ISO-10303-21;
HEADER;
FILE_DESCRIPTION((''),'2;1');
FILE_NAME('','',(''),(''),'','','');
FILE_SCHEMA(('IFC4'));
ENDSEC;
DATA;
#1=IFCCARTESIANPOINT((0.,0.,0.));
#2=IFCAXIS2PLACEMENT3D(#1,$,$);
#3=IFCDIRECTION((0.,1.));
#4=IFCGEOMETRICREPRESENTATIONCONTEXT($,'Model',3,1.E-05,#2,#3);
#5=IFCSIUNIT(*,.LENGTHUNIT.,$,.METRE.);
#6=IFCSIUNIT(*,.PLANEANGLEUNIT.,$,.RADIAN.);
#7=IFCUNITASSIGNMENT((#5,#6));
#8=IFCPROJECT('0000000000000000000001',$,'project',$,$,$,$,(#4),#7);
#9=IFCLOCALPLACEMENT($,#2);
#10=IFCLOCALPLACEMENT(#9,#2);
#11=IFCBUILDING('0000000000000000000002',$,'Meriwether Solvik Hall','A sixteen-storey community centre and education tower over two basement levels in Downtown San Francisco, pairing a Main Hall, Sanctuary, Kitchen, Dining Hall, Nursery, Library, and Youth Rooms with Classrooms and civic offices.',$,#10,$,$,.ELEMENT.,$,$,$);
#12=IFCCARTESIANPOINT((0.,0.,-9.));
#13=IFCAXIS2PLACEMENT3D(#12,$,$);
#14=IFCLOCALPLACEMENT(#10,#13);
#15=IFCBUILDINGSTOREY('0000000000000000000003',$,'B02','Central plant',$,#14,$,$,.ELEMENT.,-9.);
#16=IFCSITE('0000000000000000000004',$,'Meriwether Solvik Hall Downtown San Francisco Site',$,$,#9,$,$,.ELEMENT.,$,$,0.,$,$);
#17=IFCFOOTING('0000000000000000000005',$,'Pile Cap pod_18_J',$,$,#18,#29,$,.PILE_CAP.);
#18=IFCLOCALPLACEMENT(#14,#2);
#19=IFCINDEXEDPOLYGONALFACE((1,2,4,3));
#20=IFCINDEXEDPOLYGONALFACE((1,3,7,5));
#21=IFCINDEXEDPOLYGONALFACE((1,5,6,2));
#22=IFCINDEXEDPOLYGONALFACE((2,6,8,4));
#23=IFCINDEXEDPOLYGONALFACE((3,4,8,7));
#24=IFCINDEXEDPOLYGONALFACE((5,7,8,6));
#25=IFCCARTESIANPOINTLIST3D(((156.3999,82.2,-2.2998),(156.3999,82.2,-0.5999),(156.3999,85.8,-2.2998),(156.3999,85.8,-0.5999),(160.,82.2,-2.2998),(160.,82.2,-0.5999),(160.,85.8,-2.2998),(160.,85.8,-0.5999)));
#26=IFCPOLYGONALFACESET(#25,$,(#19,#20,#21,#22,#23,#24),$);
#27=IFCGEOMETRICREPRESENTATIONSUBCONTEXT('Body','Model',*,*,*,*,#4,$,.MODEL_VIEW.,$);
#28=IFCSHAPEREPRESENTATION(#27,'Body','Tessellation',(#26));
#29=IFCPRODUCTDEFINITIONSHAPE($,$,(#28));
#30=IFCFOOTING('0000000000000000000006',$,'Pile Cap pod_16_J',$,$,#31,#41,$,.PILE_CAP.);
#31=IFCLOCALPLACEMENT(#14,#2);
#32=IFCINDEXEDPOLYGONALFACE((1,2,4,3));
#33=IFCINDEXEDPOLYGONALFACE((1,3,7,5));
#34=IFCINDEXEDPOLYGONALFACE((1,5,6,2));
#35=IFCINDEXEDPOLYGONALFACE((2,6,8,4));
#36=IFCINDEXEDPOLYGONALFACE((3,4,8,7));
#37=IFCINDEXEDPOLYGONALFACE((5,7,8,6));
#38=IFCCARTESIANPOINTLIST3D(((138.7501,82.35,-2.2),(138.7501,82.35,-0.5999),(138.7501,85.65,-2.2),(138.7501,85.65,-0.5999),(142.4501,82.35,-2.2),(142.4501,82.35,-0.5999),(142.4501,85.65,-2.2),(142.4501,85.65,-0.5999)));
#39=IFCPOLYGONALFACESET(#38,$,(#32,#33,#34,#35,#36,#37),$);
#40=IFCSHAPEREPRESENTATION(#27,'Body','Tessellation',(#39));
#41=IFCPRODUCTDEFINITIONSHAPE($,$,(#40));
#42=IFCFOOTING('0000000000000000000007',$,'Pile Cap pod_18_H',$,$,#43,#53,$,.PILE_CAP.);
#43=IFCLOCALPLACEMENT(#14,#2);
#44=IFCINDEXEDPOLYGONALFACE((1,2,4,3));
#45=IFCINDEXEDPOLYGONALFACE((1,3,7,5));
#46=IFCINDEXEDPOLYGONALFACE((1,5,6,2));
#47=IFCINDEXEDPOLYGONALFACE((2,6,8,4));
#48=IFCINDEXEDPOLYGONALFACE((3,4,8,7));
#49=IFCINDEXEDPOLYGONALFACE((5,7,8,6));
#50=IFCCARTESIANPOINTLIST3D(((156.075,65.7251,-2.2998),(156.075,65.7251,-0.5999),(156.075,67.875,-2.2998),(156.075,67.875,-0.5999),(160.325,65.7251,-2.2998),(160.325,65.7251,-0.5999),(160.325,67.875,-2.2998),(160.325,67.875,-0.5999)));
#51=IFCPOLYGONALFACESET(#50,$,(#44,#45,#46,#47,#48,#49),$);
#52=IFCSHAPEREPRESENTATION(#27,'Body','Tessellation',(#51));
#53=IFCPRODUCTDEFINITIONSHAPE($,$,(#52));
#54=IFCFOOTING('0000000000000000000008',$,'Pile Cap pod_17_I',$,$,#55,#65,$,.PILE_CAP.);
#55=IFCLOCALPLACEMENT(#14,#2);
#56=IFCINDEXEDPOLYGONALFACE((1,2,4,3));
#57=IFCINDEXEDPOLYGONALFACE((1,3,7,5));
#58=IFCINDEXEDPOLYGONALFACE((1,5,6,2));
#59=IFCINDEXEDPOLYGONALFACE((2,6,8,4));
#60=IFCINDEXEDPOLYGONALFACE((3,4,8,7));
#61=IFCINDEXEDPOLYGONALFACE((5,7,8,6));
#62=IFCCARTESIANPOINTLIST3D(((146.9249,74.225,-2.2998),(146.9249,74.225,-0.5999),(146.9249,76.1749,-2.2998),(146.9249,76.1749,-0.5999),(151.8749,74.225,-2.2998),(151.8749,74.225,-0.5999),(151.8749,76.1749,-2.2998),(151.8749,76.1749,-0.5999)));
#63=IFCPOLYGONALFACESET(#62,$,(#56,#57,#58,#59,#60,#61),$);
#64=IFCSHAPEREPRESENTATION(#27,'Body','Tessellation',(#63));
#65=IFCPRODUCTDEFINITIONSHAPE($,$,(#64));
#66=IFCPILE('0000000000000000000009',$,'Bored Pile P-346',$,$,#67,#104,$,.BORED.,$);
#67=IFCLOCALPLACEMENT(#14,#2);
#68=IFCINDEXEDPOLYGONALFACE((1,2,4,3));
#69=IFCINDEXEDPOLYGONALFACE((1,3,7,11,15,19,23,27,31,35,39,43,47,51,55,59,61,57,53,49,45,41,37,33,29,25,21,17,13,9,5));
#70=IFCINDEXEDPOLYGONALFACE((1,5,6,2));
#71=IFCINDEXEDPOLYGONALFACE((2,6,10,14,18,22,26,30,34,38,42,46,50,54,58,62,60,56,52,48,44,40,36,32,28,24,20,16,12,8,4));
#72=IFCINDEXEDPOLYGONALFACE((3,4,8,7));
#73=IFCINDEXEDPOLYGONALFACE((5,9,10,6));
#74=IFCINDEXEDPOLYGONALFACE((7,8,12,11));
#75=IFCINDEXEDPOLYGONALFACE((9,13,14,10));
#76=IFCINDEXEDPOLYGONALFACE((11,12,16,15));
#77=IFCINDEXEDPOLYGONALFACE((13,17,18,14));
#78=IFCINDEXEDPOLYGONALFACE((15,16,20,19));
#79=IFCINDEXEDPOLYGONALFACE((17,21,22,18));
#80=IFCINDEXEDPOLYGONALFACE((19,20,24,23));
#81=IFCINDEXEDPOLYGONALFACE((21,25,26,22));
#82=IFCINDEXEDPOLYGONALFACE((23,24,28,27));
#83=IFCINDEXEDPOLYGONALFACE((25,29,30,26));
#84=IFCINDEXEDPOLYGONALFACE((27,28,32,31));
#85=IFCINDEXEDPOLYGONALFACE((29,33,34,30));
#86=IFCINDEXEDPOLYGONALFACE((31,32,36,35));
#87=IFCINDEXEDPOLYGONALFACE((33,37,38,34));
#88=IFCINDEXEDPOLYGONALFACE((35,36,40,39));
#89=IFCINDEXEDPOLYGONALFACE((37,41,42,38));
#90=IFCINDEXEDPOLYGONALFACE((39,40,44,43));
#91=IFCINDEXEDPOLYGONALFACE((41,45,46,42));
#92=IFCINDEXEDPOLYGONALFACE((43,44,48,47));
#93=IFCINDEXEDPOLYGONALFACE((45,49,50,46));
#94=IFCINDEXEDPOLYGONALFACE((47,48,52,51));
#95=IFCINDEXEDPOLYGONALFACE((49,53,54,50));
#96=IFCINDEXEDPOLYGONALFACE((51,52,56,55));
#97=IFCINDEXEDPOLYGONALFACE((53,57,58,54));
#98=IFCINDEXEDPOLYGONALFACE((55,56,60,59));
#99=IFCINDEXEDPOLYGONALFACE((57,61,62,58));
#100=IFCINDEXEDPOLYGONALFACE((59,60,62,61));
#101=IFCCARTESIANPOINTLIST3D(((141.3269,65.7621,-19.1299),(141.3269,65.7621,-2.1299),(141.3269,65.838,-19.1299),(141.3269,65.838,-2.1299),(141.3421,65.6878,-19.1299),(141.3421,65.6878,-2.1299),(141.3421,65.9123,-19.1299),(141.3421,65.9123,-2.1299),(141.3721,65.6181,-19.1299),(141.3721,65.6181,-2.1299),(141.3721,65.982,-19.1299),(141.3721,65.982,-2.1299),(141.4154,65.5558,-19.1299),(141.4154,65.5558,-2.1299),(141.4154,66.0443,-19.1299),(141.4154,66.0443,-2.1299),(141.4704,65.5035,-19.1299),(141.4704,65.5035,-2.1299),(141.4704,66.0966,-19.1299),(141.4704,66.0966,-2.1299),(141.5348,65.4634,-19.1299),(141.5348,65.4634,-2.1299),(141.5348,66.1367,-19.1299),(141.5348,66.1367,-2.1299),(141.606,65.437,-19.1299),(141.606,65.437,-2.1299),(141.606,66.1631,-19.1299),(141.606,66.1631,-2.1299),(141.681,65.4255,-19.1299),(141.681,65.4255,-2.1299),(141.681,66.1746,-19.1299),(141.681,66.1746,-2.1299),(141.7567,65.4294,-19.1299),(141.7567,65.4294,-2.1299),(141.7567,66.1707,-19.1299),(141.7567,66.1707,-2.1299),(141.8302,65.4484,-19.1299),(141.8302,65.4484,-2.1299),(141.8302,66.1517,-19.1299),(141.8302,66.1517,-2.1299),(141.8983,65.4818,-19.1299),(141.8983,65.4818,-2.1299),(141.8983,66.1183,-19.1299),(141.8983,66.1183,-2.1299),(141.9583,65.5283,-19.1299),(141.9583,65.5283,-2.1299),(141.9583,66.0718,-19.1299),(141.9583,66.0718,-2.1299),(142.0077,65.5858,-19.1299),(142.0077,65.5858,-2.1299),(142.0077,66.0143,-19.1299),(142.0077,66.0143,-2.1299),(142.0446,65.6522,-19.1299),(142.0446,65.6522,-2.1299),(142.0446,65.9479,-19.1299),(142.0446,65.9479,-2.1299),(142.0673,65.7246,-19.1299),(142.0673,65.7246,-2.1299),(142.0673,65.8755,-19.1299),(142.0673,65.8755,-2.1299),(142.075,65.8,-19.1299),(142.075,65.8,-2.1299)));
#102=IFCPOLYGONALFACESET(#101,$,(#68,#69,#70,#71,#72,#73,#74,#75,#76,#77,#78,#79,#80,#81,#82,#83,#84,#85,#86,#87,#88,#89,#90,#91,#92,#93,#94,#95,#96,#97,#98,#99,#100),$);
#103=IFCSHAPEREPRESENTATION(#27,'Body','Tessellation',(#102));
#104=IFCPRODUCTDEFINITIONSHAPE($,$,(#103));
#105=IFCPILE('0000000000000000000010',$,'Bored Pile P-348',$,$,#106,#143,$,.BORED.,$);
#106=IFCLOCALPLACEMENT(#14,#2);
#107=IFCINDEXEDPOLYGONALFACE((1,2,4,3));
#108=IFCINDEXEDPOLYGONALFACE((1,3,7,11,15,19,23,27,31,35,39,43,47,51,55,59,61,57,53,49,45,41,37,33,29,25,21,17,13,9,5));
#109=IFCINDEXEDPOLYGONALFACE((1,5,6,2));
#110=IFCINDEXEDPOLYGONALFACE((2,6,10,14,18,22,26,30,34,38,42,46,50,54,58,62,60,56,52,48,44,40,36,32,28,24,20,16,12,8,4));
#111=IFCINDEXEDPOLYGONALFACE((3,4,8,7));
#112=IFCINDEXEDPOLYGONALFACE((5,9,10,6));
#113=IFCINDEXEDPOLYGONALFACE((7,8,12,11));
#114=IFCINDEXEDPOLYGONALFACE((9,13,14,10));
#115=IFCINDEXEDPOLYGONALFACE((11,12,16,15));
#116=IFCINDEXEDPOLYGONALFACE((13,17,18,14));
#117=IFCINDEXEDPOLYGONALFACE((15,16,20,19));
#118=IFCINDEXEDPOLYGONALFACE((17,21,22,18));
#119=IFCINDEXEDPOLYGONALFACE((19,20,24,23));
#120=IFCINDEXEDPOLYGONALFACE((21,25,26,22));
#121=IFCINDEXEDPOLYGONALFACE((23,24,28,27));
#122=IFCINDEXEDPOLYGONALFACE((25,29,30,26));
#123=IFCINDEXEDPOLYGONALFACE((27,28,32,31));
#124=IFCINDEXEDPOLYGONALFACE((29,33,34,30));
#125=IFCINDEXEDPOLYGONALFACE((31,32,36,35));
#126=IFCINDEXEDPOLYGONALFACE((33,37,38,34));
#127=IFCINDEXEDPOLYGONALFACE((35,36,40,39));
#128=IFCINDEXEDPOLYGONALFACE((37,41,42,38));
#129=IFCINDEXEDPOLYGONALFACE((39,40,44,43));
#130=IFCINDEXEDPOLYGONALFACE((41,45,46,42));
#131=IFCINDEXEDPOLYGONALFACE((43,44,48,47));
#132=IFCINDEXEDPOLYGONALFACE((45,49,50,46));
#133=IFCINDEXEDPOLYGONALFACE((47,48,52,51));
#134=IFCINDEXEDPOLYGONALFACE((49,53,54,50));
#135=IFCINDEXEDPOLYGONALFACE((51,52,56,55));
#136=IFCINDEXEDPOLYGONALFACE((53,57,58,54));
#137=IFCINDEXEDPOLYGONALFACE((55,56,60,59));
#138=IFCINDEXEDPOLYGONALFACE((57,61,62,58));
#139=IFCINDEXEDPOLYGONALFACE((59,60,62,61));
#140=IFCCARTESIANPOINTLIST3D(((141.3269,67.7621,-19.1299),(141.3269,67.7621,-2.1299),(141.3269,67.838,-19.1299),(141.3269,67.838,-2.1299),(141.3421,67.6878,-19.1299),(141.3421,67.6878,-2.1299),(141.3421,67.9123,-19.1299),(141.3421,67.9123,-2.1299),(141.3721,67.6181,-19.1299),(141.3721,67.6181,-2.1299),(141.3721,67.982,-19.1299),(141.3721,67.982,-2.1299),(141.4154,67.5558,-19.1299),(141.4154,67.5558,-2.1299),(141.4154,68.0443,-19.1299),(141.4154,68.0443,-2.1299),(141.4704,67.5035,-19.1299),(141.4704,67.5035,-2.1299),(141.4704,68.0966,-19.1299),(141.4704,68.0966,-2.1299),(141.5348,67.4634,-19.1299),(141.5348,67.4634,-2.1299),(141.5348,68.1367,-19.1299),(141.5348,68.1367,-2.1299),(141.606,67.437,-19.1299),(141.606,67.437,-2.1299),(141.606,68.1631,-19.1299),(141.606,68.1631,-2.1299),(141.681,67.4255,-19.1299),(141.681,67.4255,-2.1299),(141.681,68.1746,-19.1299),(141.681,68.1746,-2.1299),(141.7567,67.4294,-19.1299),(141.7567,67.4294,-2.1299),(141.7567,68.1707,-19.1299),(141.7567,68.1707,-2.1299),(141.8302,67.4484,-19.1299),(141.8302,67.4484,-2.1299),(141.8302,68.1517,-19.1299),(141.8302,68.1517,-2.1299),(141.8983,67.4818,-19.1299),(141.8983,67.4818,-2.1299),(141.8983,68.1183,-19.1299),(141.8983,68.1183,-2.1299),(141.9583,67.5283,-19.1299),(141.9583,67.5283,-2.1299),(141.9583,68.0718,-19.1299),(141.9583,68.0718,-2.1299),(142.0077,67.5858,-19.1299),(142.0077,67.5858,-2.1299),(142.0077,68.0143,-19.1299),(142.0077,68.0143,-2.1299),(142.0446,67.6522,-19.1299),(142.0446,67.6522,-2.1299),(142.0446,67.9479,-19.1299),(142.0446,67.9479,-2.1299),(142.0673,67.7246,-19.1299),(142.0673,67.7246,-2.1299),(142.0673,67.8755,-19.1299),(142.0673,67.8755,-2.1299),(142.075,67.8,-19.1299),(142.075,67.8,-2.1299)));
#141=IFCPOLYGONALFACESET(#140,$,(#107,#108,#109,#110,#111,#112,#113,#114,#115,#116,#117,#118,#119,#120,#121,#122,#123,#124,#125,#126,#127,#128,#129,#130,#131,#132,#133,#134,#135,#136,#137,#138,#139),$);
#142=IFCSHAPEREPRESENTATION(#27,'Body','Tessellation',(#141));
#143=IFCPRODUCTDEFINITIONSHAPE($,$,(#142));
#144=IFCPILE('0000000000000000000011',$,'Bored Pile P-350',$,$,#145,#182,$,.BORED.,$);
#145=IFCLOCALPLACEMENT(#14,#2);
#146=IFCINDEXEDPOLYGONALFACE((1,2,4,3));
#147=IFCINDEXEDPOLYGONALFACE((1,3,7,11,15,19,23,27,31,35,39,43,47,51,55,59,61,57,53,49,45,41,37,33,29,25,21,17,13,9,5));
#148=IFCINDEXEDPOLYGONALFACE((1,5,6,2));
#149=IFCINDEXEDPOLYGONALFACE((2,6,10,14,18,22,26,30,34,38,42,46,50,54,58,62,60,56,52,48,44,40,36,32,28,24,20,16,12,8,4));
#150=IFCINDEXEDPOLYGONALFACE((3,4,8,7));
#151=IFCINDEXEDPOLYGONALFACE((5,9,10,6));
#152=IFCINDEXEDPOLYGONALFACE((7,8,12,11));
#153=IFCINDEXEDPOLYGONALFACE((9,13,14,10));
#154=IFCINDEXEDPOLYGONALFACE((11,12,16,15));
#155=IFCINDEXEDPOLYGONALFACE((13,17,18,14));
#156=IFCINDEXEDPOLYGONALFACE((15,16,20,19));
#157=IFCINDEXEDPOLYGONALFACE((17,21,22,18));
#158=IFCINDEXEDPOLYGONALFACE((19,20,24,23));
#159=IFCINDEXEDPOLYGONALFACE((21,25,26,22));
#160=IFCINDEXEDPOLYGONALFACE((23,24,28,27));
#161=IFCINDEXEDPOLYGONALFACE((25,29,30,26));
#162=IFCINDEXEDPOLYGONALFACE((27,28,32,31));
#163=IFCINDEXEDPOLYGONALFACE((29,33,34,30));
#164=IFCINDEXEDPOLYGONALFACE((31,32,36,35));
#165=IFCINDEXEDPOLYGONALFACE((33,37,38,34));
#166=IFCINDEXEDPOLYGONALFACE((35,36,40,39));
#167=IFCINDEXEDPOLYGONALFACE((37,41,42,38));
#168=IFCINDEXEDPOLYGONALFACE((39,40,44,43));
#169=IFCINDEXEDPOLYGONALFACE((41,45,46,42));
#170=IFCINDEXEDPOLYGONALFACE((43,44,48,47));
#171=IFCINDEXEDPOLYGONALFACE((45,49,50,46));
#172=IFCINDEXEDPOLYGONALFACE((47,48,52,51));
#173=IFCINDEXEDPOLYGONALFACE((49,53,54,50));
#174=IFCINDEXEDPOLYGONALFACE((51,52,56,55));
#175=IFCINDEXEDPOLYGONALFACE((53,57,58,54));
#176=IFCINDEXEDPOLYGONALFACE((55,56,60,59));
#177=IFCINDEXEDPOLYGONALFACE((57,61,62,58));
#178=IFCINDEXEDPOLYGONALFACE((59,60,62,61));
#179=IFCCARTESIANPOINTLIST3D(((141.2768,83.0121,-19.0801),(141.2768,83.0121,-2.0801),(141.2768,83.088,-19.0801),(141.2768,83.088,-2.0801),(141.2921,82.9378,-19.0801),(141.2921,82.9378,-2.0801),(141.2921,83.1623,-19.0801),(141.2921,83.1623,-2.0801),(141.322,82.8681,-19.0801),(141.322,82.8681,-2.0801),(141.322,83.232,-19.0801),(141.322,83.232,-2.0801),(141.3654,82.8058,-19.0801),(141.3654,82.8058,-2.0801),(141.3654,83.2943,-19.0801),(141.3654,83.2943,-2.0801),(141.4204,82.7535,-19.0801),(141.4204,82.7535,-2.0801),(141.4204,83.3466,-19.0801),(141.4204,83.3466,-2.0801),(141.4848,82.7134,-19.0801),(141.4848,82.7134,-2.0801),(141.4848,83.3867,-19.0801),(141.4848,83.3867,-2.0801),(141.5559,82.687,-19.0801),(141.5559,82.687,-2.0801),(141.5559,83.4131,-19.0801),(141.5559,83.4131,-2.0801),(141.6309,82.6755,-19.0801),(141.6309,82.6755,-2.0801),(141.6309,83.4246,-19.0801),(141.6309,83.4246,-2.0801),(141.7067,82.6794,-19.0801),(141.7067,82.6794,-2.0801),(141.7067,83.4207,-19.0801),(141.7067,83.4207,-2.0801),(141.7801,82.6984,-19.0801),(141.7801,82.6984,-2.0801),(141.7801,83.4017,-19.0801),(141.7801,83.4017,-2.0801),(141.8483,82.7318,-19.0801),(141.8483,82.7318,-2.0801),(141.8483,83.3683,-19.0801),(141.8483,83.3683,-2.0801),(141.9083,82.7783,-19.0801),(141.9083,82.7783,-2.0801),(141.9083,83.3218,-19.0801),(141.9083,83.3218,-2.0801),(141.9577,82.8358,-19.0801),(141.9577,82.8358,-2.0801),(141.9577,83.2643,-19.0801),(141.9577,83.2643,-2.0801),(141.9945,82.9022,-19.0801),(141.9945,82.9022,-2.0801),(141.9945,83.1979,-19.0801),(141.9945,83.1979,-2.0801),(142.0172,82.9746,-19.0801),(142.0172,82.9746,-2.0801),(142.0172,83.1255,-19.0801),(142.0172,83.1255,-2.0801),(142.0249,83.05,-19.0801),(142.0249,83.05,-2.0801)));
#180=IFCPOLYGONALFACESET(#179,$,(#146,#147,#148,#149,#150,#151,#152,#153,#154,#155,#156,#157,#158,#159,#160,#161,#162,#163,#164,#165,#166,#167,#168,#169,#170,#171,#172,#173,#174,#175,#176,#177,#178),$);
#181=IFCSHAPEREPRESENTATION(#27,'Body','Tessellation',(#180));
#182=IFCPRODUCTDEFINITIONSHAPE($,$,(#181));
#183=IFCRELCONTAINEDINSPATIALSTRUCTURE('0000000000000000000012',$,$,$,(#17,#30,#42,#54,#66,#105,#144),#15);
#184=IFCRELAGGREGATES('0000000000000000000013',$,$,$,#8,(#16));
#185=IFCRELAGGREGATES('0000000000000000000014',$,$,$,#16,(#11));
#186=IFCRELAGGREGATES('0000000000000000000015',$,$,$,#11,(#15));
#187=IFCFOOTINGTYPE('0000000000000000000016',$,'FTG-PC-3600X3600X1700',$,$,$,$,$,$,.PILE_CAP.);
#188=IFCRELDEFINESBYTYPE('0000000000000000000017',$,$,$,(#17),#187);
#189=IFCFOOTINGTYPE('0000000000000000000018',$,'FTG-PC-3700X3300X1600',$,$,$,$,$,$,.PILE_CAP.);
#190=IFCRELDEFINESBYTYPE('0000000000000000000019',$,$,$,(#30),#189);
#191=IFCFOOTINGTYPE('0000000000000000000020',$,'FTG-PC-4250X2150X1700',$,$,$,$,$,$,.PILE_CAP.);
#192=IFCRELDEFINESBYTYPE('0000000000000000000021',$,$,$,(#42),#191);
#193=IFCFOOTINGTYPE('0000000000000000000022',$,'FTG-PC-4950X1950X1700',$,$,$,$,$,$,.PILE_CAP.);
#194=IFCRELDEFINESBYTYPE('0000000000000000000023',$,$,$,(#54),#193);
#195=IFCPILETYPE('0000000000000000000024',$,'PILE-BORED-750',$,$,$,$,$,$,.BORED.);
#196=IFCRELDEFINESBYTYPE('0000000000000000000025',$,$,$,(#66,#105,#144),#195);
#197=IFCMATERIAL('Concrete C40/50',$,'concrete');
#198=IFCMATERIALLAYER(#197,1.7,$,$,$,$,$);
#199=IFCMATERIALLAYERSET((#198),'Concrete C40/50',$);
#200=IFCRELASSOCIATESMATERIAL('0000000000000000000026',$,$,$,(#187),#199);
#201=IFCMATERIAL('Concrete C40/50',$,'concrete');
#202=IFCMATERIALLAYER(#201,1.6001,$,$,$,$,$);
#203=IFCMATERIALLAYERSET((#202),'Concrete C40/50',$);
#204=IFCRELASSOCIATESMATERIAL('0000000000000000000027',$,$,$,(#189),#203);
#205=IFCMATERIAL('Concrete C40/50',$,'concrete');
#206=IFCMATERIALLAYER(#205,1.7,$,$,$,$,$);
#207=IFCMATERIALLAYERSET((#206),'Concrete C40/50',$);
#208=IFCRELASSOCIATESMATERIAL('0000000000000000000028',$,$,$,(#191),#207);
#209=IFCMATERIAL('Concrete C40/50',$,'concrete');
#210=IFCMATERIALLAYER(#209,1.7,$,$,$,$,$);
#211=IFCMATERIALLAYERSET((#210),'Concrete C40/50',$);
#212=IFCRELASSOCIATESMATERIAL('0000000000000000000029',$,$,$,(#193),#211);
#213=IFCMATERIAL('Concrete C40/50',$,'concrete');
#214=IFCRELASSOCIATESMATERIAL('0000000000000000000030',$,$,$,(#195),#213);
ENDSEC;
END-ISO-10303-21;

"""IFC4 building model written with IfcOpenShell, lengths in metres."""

from ifc_helpers import new_model, si_unit, direction, frame, origin, origin_2d, place, context, subcontext, project, spatial, rectangle, circle, extrude, material, layer, layer_set, material_profile, profile_set, type_object, element, save


model = new_model("IFC4")

# Units and contexts
model_context = context("Model", 3, precision=1e-05, world=origin(), true_north=direction((0.0, 1.0)))
body_context = subcontext(model_context, "Body", "Model", "MODEL_VIEW")
ifc_project = project(units=[si_unit("LENGTHUNIT", "METRE"), si_unit("PLANEANGLEUNIT", "RADIAN")], contexts=[model_context])

# Site, building, storey
site_placement = place(None, origin())
site = spatial("IfcSite", under=ifc_project, at=site_placement, Name="Meriwether Solvik Hall Downtown San Francisco Site", CompositionType="ELEMENT", RefElevation=0.0)
building_placement = place(site_placement, origin())
building = spatial("IfcBuilding", under=site, at=building_placement, Name="Meriwether Solvik Hall", Description="A sixteen-storey community centre and education tower over two basement levels in Downtown San Francisco, pairing a Main Hall, Sanctuary, Kitchen, Dining Hall, Nursery, Library, and Youth Rooms with Classrooms and civic offices.", CompositionType="ELEMENT")
storey_placement = place(building_placement, frame((0.0, 0.0, -9.0)))
storey = spatial("IfcBuildingStorey", under=building, at=storey_placement, Name="B02", Description="Central plant", CompositionType="ELEMENT", Elevation=-9.0)

# Footings
ifc_material_1 = material(Name="Concrete C40/50", Category="concrete")
ifc_layer_1 = layer(ifc_material_1, 1.7)
ifc_layer_set_1 = layer_set([ifc_layer_1], Name="Concrete C40/50")
footing_type_1 = type_object("IfcFootingType", Name="FTG-PC-3600X3600X1700", PredefinedType="PILE_CAP", material=ifc_layer_set_1)
footing_1_placement = place(storey_placement, frame((158.2, 84.0, -2.2998), z_axis=(0.0, 0.0, 1.0), x_axis=(1.0, 0.0, 0.0)))
element("IfcFooting", 1, at=footing_1_placement, inside=storey, type_object=footing_type_1, Name="Pile Cap pod_18_J", PredefinedType="PILE_CAP", context=body_context, shape_type="SweptSolid", body=[
    extrude(rectangle(XDim=3.6001, YDim=3.6001, at=origin_2d()), origin(), (0.0, 0.0, 1.0), 1.7),
])
ifc_material_2 = material(Name="Concrete C40/50", Category="concrete")
ifc_layer_2 = layer(ifc_material_2, 1.6001)
ifc_layer_set_2 = layer_set([ifc_layer_2], Name="Concrete C40/50")
footing_type_2 = type_object("IfcFootingType", Name="FTG-PC-3700X3300X1600", PredefinedType="PILE_CAP", material=ifc_layer_set_2)
footing_2_placement = place(storey_placement, frame((140.6001, 84.0, -2.2), z_axis=(0.0, 0.0, 1.0), x_axis=(1.0, 0.0, 0.0)))
element("IfcFooting", 2, at=footing_2_placement, inside=storey, type_object=footing_type_2, Name="Pile Cap pod_16_J", PredefinedType="PILE_CAP", context=body_context, shape_type="SweptSolid", body=[
    extrude(rectangle(XDim=3.7, YDim=3.3, at=origin_2d()), origin(), (0.0, 0.0, 1.0), 1.6001),
])
ifc_material_3 = material(Name="Concrete C40/50", Category="concrete")
ifc_layer_3 = layer(ifc_material_3, 1.7)
ifc_layer_set_3 = layer_set([ifc_layer_3], Name="Concrete C40/50")
footing_type_3 = type_object("IfcFootingType", Name="FTG-PC-4250X2150X1700", PredefinedType="PILE_CAP", material=ifc_layer_set_3)
footing_3_placement = place(storey_placement, frame((158.2, 66.8, -2.2998), z_axis=(0.0, 0.0, 1.0), x_axis=(1.0, 0.0, 0.0)))
element("IfcFooting", 3, at=footing_3_placement, inside=storey, type_object=footing_type_3, Name="Pile Cap pod_18_H", PredefinedType="PILE_CAP", context=body_context, shape_type="SweptSolid", body=[
    extrude(rectangle(XDim=4.25, YDim=2.1499, at=origin_2d()), origin(), (0.0, 0.0, 1.0), 1.7),
])
ifc_material_4 = material(Name="Concrete C40/50", Category="concrete")
ifc_layer_4 = layer(ifc_material_4, 1.7)
ifc_layer_set_4 = layer_set([ifc_layer_4], Name="Concrete C40/50")
footing_type_4 = type_object("IfcFootingType", Name="FTG-PC-4950X1950X1700", PredefinedType="PILE_CAP", material=ifc_layer_set_4)
footing_4_placement = place(storey_placement, frame((149.3999, 75.2, -2.2998), z_axis=(0.0, 0.0, 1.0), x_axis=(1.0, 0.0, 0.0)))
element("IfcFooting", 4, at=footing_4_placement, inside=storey, type_object=footing_type_4, Name="Pile Cap pod_17_I", PredefinedType="PILE_CAP", context=body_context, shape_type="SweptSolid", body=[
    extrude(rectangle(XDim=4.95, YDim=1.95, at=origin_2d()), origin(), (0.0, 0.0, 1.0), 1.7),
])

# Piles
ifc_material_5 = material(Name="Concrete C40/50", Category="concrete")
ifc_material_profile_1 = material_profile(ifc_material_5, circle(Radius=0.375, at=origin_2d()), Name="PILE-D750")
ifc_profile_set_1 = profile_set([ifc_material_profile_1], Name="Concrete C40/50")
pile_type_1 = type_object("IfcPileType", Name="PILE-BORED-750", PredefinedType="BORED", material=ifc_profile_set_1)
for number, where, z_axis, x_axis, name in (
    (5, (141.7, 65.8, -2.1299), (0.0, 0.0, -1.0), (1.0, 0.0, 0.0), "Bored Pile P-346"),
    (6, (141.7, 67.8, -2.1299), (0.0, 0.0, -1.0), (1.0, 0.0, 0.0), "Bored Pile P-348"),
    (7, (141.6499, 83.05, -2.0801), (0.0, 0.0, -1.0), (1.0, 0.0, 0.0), "Bored Pile P-350"),
):
    element("IfcPile", number, at=place(storey_placement, frame(where, z_axis=z_axis, x_axis=x_axis)), inside=storey, type_object=pile_type_1, Name=name, PredefinedType="BORED", context=body_context, shape_type="SweptSolid", body=[
        extrude(circle(Radius=0.375, at=origin_2d()), origin(), (0.0, 0.0, 1.0), 17.0),
    ])

save(model, "model.ifc")
